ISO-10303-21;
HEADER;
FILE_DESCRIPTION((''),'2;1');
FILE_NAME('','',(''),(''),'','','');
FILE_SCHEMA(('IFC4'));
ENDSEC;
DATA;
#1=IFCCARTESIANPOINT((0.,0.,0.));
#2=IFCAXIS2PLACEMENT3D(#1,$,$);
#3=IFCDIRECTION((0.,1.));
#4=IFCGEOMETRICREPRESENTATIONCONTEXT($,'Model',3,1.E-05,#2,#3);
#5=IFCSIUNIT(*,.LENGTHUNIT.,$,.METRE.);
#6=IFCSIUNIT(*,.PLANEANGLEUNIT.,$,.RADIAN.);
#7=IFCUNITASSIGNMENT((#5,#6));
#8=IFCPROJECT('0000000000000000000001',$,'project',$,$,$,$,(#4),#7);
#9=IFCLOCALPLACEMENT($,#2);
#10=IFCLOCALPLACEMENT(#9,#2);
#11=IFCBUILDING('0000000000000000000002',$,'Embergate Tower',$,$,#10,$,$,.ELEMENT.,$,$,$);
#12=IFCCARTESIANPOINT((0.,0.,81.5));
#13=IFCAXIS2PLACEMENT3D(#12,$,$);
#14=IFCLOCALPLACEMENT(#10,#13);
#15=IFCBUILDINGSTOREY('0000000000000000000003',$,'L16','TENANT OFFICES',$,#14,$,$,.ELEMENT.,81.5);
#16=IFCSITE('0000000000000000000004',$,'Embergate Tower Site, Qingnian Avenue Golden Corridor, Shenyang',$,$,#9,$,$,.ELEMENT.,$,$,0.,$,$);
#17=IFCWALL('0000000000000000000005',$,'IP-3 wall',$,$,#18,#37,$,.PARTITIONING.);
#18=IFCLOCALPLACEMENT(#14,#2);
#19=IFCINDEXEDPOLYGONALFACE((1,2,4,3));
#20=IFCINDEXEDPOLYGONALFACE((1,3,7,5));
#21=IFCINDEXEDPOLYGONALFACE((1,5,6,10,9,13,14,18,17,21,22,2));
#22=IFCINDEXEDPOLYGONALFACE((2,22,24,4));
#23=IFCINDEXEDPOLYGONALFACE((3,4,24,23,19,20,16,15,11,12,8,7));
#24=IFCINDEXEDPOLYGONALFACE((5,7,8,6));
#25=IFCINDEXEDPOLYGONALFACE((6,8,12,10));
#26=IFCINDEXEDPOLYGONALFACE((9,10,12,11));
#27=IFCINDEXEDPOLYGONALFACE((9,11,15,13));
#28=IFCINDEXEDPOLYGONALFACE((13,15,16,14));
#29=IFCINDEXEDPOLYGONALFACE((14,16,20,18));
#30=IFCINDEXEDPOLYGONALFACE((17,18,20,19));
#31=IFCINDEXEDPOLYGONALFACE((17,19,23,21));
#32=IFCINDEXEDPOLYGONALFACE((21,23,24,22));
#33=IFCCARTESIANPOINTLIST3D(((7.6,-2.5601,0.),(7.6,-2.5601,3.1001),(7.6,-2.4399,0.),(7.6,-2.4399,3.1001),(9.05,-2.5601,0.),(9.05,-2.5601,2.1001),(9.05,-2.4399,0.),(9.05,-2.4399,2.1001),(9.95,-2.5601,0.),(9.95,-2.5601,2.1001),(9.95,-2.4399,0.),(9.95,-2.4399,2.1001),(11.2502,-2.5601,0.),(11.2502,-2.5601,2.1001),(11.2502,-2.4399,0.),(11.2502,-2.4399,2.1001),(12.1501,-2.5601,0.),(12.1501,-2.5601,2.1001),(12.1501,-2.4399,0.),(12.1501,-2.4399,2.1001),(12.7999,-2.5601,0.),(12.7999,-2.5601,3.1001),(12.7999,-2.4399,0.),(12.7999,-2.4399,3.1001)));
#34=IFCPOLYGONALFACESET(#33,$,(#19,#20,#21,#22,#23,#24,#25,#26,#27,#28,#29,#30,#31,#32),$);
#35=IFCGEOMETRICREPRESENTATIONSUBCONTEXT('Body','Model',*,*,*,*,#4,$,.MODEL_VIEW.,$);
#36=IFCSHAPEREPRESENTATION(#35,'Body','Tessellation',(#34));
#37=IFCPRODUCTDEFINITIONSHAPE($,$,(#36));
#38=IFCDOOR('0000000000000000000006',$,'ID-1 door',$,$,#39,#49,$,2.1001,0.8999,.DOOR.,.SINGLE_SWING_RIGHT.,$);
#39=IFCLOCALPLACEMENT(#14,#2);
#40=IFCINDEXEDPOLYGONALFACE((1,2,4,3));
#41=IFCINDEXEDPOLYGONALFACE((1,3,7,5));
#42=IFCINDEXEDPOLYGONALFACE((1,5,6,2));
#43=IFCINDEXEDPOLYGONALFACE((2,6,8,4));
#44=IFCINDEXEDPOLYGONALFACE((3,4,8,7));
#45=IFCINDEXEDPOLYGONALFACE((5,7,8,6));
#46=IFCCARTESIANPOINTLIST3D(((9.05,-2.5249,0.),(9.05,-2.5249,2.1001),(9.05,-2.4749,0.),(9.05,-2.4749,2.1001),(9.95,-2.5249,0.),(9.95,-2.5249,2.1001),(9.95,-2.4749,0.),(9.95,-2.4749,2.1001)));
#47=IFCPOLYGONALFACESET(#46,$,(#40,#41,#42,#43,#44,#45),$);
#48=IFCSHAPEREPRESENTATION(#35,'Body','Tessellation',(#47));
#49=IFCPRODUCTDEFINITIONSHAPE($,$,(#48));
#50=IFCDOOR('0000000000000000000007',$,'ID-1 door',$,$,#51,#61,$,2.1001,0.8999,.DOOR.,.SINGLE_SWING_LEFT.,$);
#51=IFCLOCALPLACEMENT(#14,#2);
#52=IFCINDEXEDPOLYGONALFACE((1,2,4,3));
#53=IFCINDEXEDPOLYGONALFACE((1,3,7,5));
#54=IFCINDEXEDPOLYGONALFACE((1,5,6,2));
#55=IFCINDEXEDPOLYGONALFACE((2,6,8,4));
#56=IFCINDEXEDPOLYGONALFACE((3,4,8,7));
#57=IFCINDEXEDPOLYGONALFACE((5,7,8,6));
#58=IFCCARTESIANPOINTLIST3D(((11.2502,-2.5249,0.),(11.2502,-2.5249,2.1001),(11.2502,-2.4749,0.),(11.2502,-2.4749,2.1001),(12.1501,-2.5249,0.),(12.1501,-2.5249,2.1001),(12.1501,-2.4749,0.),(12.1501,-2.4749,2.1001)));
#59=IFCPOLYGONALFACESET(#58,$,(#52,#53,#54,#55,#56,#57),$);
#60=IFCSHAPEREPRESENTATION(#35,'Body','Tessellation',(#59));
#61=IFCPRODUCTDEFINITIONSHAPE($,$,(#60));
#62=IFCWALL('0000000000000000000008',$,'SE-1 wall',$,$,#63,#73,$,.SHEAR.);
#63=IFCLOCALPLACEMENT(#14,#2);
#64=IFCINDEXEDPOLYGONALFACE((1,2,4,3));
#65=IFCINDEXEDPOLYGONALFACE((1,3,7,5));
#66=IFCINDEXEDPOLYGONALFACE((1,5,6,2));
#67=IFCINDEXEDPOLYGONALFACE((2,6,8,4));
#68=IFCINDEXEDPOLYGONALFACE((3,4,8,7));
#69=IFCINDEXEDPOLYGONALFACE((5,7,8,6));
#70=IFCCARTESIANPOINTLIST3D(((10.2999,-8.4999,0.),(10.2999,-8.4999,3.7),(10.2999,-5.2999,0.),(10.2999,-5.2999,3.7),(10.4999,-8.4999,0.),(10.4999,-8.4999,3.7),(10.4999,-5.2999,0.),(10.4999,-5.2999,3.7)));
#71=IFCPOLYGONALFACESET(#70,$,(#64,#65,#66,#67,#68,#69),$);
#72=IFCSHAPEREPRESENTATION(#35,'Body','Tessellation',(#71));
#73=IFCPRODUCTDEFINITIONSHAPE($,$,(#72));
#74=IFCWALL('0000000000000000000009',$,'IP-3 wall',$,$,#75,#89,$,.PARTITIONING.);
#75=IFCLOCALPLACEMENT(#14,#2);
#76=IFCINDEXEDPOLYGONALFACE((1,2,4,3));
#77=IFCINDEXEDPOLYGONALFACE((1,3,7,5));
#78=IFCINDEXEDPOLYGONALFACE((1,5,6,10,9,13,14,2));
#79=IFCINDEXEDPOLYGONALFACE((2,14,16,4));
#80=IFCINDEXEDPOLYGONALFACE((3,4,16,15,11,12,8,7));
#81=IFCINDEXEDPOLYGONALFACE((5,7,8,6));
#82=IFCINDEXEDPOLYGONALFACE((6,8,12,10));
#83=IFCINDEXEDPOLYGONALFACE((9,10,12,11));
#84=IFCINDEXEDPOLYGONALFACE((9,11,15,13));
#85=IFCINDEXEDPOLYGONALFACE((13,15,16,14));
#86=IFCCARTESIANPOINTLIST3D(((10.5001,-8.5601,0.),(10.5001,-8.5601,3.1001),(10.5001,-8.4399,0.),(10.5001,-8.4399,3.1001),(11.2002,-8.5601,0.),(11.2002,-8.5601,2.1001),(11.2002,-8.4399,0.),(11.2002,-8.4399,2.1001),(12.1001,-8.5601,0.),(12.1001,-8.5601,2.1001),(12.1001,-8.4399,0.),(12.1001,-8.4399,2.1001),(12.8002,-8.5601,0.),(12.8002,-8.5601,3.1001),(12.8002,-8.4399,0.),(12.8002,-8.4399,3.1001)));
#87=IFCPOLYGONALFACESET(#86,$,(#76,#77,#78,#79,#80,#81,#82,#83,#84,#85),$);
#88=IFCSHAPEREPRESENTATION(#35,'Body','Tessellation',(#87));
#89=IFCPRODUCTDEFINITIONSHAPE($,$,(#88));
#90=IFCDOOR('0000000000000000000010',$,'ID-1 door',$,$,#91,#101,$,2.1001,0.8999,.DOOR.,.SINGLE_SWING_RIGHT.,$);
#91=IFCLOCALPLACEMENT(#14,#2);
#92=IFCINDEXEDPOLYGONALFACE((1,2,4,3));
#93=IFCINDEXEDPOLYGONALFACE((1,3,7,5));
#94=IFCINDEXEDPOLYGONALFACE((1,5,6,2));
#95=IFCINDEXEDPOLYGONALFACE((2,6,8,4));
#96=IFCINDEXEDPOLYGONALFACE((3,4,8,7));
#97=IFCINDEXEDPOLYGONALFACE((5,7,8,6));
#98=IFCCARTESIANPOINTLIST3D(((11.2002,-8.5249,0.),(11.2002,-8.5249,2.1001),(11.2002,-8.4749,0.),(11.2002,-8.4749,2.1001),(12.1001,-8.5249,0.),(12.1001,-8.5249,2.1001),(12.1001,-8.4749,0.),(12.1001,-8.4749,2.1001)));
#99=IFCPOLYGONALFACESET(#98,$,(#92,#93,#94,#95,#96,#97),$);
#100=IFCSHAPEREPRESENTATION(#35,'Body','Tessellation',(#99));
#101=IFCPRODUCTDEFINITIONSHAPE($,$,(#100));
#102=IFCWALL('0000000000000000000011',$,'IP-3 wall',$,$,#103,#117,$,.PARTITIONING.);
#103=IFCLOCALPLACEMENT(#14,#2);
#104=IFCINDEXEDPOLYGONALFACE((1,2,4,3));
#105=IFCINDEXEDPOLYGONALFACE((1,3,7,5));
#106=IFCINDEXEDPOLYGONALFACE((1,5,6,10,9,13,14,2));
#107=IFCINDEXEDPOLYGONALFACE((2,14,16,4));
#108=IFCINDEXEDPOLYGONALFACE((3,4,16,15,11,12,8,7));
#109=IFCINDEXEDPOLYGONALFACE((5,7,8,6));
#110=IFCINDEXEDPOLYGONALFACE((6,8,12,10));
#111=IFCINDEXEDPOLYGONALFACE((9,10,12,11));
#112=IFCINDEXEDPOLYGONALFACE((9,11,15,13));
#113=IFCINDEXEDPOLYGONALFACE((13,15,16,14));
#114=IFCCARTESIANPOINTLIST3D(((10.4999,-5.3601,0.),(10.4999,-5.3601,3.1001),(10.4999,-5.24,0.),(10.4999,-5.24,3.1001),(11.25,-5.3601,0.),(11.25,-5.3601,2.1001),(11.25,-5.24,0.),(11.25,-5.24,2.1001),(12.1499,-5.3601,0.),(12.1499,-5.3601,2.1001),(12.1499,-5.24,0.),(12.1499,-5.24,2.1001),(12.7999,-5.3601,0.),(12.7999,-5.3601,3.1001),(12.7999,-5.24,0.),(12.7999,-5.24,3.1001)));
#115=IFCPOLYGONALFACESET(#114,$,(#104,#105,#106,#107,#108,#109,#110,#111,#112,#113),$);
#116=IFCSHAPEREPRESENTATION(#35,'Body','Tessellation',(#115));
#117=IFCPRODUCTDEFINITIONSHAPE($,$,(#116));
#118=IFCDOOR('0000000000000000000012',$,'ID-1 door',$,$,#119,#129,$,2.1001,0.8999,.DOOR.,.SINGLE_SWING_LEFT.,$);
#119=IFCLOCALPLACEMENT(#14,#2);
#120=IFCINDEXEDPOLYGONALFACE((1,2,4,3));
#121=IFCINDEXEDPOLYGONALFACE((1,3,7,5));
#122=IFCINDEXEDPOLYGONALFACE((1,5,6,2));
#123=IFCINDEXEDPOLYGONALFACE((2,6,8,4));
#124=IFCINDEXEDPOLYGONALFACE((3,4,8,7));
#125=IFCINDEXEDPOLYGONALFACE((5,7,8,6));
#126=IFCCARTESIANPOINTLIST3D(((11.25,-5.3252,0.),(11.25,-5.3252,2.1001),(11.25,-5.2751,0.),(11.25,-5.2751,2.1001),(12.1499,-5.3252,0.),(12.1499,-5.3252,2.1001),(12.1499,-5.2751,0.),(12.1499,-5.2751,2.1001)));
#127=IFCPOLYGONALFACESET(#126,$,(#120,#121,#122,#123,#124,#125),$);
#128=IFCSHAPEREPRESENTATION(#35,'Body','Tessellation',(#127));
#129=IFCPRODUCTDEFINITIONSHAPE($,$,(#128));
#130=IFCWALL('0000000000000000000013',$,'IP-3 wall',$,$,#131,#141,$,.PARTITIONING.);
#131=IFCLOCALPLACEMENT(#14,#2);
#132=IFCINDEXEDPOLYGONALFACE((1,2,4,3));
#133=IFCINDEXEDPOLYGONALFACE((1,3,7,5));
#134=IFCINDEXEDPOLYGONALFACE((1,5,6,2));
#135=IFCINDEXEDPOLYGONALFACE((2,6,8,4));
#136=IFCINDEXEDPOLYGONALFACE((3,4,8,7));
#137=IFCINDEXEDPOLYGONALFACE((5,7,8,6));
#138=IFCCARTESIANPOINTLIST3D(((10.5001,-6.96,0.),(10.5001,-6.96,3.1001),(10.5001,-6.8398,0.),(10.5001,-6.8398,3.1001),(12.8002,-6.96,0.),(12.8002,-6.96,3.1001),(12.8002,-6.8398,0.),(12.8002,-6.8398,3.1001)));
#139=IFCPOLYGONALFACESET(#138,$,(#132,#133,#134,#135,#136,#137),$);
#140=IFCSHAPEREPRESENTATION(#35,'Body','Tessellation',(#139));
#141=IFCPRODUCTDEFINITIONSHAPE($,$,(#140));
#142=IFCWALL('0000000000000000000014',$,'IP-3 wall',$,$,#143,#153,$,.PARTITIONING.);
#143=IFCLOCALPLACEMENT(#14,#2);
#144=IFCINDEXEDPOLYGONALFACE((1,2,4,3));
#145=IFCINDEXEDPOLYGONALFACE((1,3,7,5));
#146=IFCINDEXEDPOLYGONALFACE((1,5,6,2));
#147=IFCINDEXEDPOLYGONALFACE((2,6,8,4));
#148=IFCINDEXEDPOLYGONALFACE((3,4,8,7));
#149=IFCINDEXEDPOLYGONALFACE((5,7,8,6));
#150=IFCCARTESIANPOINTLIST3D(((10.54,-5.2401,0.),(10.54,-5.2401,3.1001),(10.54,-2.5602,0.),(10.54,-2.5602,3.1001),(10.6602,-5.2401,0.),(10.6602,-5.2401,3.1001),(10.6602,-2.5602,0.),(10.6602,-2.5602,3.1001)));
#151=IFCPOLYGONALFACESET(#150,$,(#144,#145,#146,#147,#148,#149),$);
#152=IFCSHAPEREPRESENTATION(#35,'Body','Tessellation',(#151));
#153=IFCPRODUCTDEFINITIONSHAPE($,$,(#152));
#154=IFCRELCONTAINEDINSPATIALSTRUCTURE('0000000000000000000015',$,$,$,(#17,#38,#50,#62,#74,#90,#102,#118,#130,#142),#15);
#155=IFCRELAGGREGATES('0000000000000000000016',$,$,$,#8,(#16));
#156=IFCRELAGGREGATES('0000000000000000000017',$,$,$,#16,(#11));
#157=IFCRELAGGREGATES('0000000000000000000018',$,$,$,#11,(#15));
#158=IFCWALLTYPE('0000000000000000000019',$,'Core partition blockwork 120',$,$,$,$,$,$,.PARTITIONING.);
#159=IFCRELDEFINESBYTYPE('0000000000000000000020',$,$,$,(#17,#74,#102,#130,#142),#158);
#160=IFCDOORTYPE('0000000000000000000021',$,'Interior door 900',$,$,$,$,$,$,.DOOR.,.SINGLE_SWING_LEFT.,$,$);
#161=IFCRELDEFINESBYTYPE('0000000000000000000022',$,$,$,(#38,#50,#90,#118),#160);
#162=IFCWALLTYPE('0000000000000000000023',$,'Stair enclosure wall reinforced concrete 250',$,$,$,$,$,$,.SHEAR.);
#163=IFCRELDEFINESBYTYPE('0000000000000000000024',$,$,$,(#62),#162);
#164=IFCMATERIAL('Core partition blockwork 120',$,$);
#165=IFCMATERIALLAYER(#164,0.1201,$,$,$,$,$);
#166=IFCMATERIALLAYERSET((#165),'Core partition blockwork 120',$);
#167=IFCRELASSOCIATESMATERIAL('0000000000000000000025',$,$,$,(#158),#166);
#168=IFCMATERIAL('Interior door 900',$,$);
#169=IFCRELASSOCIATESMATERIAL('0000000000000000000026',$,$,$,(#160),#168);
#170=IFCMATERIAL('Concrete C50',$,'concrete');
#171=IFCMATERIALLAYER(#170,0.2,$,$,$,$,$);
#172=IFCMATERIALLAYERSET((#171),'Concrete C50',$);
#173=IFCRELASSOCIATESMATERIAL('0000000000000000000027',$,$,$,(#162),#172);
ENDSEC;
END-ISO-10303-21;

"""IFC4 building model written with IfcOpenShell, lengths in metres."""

from ifc_helpers import new_model, si_unit, direction, frame, frame_2d, origin, place, context, subcontext, project, spatial, rectangle, extrude, source, transform, mapped, material, layer, layer_set, type_object, element, fill, save


model = new_model("IFC4")

# Units and contexts
model_context = context("Model", 3, precision=1e-05, world=origin(), true_north=direction((0.0, 1.0)))
body_context = subcontext(model_context, "Body", "Model", "MODEL_VIEW")
ifc_project = project(units=[si_unit("LENGTHUNIT", "METRE"), si_unit("PLANEANGLEUNIT", "RADIAN")], contexts=[model_context])

# Site, building, storey
site_placement = place(None, origin())
site = spatial("IfcSite", under=ifc_project, at=site_placement, Name="Embergate Tower Site, Qingnian Avenue Golden Corridor, Shenyang", CompositionType="ELEMENT", RefElevation=0.0)
building_placement = place(site_placement, origin())
building = spatial("IfcBuilding", under=site, at=building_placement, Name="Embergate Tower", CompositionType="ELEMENT")
storey_placement = place(building_placement, frame((0.0, 0.0, 81.5)))
storey = spatial("IfcBuildingStorey", under=building, at=storey_placement, Name="L16", Description="TENANT OFFICES", CompositionType="ELEMENT", Elevation=81.5)

# Shared definitions
ifc_material_1 = material(Name="Concrete C50", Category="concrete")

# Shared definitions
ifc_material_2 = material(Name="Core partition blockwork 120")
ifc_layer_1 = layer(ifc_material_2, 0.1201)
ifc_layer_set_1 = layer_set([ifc_layer_1], Name="Core partition blockwork 120")
wall_type_1 = type_object("IfcWallType", Name="Core partition blockwork 120", PredefinedType="PARTITIONING", material=ifc_layer_set_1)
shared_shape_1 = source(origin(), body_context, "Body", "SweptSolid", [
    extrude(rectangle(XDim=0.8999, YDim=2.1001, at=frame_2d((0.45, 1.05))), frame((0.0, 0.0701, 0.0), z_axis=(0.0, -1.0, 0.0), x_axis=(1.0, 0.0, 0.0)), (0.0, 0.0, 1.0), 0.1401),
])
ifc_material_3 = material(Name="Interior door 900")
door_type_1 = type_object("IfcDoorType", Name="Interior door 900", OperationType="SINGLE_SWING_LEFT", PredefinedType="DOOR", material=ifc_material_3)
shared_shape_2 = source(origin(), body_context, "Body", "SweptSolid", [
    extrude(rectangle(XDim=0.8999, YDim=2.1001, at=frame_2d((0.45, 1.05))), frame((0.0, 0.0249, 0.0), z_axis=(0.0, -1.0, 0.0), x_axis=(1.0, 0.0, 0.0)), (0.0, 0.0, 1.0), 0.05),
])

# Wall, openings, doors
shared_shape_3 = source(origin(), body_context, "Body", "SweptSolid", [
    extrude(rectangle(XDim=5.2, YDim=0.1201, at=frame_2d((2.6001, 0.0))), origin(), (0.0, 0.0, 1.0), 3.1001),
])
wall_1_placement = place(storey_placement, frame((12.8, -2.5, 0.0), z_axis=(0.0, 0.0, 1.0), x_axis=(-1.0, 0.0, 0.0)))
wall_1 = element("IfcWall", 1, at=wall_1_placement, inside=storey, type_object=wall_type_1, Name="IP-3 wall", PredefinedType="PARTITIONING", context=body_context, shape_type="MappedRepresentation", body=[
    mapped(shared_shape_3, transform((0.0, 0.0, 0.0))),
])
opening_1_placement = place(wall_1_placement, frame((2.8501, 0.0, 0.0)))
opening_1 = element("IfcOpeningElement", 2, at=opening_1_placement, cuts=wall_1, PredefinedType="OPENING", context=body_context, shape_type="MappedRepresentation", body=[
    mapped(shared_shape_1, transform((0.0, 0.0, 0.0))),
])
opening_2_placement = place(wall_1_placement, frame((0.6499, 0.0, 0.0)))
opening_2 = element("IfcOpeningElement", 3, at=opening_2_placement, cuts=wall_1, PredefinedType="OPENING", context=body_context, shape_type="MappedRepresentation", body=[
    mapped(shared_shape_1, transform((0.0, 0.0, 0.0))),
])
door_1_placement = place(opening_1_placement, origin())
door_1 = element("IfcDoor", 4, at=door_1_placement, inside=storey, type_object=door_type_1, Name="ID-1 door", OperationType="SINGLE_SWING_RIGHT", OverallHeight=2.1001, OverallWidth=0.8999, PredefinedType="DOOR", context=body_context, shape_type="MappedRepresentation", body=[
    mapped(shared_shape_2, transform((0.0, 0.0, 0.0))),
])
fill(opening_1, door_1)
door_2_placement = place(opening_2_placement, origin())
door_2 = element("IfcDoor", 5, at=door_2_placement, inside=storey, type_object=door_type_1, Name="ID-1 door", OperationType="SINGLE_SWING_LEFT", OverallHeight=2.1001, OverallWidth=0.8999, PredefinedType="DOOR", context=body_context, shape_type="MappedRepresentation", body=[
    mapped(shared_shape_2, transform((0.0, 0.0, 0.0))),
])
fill(opening_2, door_2)

# Wall
ifc_layer_2 = layer(ifc_material_1, 0.2)
ifc_layer_set_2 = layer_set([ifc_layer_2], Name="Concrete C50")
wall_type_2 = type_object("IfcWallType", Name="Stair enclosure wall reinforced concrete 250", PredefinedType="SHEAR", material=ifc_layer_set_2)
shared_shape_4 = source(origin(), body_context, "Body", "SweptSolid", [
    extrude(rectangle(XDim=3.2, YDim=0.2, at=frame_2d((1.6001, 0.0))), origin(), (0.0, 0.0, 1.0), 3.7),
])
wall_2_placement = place(storey_placement, frame((10.3999, -8.5, 0.0), z_axis=(0.0, 0.0, 1.0), x_axis=(0.0, 1.0, 0.0)))
element("IfcWall", 6, at=wall_2_placement, inside=storey, type_object=wall_type_2, Name="SE-1 wall", PredefinedType="SHEAR", context=body_context, shape_type="MappedRepresentation", body=[
    mapped(shared_shape_4, transform((0.0, 0.0, 0.0))),
])

# Walls, openings, doors
shared_shape_5 = source(origin(), body_context, "Body", "SweptSolid", [
    extrude(rectangle(XDim=2.3, YDim=0.1201, at=frame_2d((1.1499, 0.0))), origin(), (0.0, 0.0, 1.0), 3.1001),
])
wall_3_placement = place(storey_placement, frame((12.8, -8.5, 0.0), z_axis=(0.0, 0.0, 1.0), x_axis=(-1.0, 0.0, 0.0)))
wall_3 = element("IfcWall", 7, at=wall_3_placement, inside=storey, type_object=wall_type_1, Name="IP-3 wall", PredefinedType="PARTITIONING", context=body_context, shape_type="MappedRepresentation", body=[
    mapped(shared_shape_5, transform((0.0, 0.0, 0.0))),
])
opening_3_placement = place(wall_3_placement, frame((0.7, 0.0, 0.0)))
opening_3 = element("IfcOpeningElement", 8, at=opening_3_placement, cuts=wall_3, PredefinedType="OPENING", context=body_context, shape_type="MappedRepresentation", body=[
    mapped(shared_shape_1, transform((0.0, 0.0, 0.0))),
])
door_3_placement = place(opening_3_placement, origin())
door_3 = element("IfcDoor", 9, at=door_3_placement, inside=storey, type_object=door_type_1, Name="ID-1 door", OperationType="SINGLE_SWING_RIGHT", OverallHeight=2.1001, OverallWidth=0.8999, PredefinedType="DOOR", context=body_context, shape_type="MappedRepresentation", body=[
    mapped(shared_shape_2, transform((0.0, 0.0, 0.0))),
])
fill(opening_3, door_3)
wall_4_placement = place(storey_placement, frame((10.5, -5.3, 0.0), z_axis=(0.0, 0.0, 1.0), x_axis=(1.0, 0.0, 0.0)))
wall_4 = element("IfcWall", 10, at=wall_4_placement, inside=storey, type_object=wall_type_1, Name="IP-3 wall", PredefinedType="PARTITIONING", context=body_context, shape_type="MappedRepresentation", body=[
    mapped(shared_shape_5, transform((0.0, 0.0, 0.0))),
])
opening_4_placement = place(wall_4_placement, frame((0.75, 0.0, 0.0)))
opening_4 = element("IfcOpeningElement", 11, at=opening_4_placement, cuts=wall_4, PredefinedType="OPENING", context=body_context, shape_type="MappedRepresentation", body=[
    mapped(shared_shape_1, transform((0.0, 0.0, 0.0))),
])
door_4_placement = place(opening_4_placement, origin())
door_4 = element("IfcDoor", 12, at=door_4_placement, inside=storey, type_object=door_type_1, Name="ID-1 door", OperationType="SINGLE_SWING_LEFT", OverallHeight=2.1001, OverallWidth=0.8999, PredefinedType="DOOR", context=body_context, shape_type="MappedRepresentation", body=[
    mapped(shared_shape_2, transform((0.0, 0.0, 0.0))),
])
fill(opening_4, door_4)

# Walls
wall_5_placement = place(storey_placement, frame((12.8, -6.8999, 0.0), z_axis=(0.0, 0.0, 1.0), x_axis=(-1.0, 0.0, 0.0)))
element("IfcWall", 13, at=wall_5_placement, inside=storey, type_object=wall_type_1, Name="IP-3 wall", PredefinedType="PARTITIONING", context=body_context, shape_type="MappedRepresentation", body=[
    mapped(shared_shape_5, transform((0.0, 0.0, 0.0))),
])
shared_shape_6 = source(origin(), body_context, "Body", "SweptSolid", [
    extrude(rectangle(XDim=2.6799, YDim=0.1201, at=frame_2d((1.3398, 0.0))), origin(), (0.0, 0.0, 1.0), 3.1001),
])
wall_6_placement = place(storey_placement, frame((10.6001, -5.24, 0.0), z_axis=(0.0, 0.0, 1.0), x_axis=(0.0, 1.0, 0.0)))
element("IfcWall", 14, at=wall_6_placement, inside=storey, type_object=wall_type_1, Name="IP-3 wall", PredefinedType="PARTITIONING", context=body_context, shape_type="MappedRepresentation", body=[
    mapped(shared_shape_6, transform((0.0, 0.0, 0.0))),
])

save(model, "model.ifc")
